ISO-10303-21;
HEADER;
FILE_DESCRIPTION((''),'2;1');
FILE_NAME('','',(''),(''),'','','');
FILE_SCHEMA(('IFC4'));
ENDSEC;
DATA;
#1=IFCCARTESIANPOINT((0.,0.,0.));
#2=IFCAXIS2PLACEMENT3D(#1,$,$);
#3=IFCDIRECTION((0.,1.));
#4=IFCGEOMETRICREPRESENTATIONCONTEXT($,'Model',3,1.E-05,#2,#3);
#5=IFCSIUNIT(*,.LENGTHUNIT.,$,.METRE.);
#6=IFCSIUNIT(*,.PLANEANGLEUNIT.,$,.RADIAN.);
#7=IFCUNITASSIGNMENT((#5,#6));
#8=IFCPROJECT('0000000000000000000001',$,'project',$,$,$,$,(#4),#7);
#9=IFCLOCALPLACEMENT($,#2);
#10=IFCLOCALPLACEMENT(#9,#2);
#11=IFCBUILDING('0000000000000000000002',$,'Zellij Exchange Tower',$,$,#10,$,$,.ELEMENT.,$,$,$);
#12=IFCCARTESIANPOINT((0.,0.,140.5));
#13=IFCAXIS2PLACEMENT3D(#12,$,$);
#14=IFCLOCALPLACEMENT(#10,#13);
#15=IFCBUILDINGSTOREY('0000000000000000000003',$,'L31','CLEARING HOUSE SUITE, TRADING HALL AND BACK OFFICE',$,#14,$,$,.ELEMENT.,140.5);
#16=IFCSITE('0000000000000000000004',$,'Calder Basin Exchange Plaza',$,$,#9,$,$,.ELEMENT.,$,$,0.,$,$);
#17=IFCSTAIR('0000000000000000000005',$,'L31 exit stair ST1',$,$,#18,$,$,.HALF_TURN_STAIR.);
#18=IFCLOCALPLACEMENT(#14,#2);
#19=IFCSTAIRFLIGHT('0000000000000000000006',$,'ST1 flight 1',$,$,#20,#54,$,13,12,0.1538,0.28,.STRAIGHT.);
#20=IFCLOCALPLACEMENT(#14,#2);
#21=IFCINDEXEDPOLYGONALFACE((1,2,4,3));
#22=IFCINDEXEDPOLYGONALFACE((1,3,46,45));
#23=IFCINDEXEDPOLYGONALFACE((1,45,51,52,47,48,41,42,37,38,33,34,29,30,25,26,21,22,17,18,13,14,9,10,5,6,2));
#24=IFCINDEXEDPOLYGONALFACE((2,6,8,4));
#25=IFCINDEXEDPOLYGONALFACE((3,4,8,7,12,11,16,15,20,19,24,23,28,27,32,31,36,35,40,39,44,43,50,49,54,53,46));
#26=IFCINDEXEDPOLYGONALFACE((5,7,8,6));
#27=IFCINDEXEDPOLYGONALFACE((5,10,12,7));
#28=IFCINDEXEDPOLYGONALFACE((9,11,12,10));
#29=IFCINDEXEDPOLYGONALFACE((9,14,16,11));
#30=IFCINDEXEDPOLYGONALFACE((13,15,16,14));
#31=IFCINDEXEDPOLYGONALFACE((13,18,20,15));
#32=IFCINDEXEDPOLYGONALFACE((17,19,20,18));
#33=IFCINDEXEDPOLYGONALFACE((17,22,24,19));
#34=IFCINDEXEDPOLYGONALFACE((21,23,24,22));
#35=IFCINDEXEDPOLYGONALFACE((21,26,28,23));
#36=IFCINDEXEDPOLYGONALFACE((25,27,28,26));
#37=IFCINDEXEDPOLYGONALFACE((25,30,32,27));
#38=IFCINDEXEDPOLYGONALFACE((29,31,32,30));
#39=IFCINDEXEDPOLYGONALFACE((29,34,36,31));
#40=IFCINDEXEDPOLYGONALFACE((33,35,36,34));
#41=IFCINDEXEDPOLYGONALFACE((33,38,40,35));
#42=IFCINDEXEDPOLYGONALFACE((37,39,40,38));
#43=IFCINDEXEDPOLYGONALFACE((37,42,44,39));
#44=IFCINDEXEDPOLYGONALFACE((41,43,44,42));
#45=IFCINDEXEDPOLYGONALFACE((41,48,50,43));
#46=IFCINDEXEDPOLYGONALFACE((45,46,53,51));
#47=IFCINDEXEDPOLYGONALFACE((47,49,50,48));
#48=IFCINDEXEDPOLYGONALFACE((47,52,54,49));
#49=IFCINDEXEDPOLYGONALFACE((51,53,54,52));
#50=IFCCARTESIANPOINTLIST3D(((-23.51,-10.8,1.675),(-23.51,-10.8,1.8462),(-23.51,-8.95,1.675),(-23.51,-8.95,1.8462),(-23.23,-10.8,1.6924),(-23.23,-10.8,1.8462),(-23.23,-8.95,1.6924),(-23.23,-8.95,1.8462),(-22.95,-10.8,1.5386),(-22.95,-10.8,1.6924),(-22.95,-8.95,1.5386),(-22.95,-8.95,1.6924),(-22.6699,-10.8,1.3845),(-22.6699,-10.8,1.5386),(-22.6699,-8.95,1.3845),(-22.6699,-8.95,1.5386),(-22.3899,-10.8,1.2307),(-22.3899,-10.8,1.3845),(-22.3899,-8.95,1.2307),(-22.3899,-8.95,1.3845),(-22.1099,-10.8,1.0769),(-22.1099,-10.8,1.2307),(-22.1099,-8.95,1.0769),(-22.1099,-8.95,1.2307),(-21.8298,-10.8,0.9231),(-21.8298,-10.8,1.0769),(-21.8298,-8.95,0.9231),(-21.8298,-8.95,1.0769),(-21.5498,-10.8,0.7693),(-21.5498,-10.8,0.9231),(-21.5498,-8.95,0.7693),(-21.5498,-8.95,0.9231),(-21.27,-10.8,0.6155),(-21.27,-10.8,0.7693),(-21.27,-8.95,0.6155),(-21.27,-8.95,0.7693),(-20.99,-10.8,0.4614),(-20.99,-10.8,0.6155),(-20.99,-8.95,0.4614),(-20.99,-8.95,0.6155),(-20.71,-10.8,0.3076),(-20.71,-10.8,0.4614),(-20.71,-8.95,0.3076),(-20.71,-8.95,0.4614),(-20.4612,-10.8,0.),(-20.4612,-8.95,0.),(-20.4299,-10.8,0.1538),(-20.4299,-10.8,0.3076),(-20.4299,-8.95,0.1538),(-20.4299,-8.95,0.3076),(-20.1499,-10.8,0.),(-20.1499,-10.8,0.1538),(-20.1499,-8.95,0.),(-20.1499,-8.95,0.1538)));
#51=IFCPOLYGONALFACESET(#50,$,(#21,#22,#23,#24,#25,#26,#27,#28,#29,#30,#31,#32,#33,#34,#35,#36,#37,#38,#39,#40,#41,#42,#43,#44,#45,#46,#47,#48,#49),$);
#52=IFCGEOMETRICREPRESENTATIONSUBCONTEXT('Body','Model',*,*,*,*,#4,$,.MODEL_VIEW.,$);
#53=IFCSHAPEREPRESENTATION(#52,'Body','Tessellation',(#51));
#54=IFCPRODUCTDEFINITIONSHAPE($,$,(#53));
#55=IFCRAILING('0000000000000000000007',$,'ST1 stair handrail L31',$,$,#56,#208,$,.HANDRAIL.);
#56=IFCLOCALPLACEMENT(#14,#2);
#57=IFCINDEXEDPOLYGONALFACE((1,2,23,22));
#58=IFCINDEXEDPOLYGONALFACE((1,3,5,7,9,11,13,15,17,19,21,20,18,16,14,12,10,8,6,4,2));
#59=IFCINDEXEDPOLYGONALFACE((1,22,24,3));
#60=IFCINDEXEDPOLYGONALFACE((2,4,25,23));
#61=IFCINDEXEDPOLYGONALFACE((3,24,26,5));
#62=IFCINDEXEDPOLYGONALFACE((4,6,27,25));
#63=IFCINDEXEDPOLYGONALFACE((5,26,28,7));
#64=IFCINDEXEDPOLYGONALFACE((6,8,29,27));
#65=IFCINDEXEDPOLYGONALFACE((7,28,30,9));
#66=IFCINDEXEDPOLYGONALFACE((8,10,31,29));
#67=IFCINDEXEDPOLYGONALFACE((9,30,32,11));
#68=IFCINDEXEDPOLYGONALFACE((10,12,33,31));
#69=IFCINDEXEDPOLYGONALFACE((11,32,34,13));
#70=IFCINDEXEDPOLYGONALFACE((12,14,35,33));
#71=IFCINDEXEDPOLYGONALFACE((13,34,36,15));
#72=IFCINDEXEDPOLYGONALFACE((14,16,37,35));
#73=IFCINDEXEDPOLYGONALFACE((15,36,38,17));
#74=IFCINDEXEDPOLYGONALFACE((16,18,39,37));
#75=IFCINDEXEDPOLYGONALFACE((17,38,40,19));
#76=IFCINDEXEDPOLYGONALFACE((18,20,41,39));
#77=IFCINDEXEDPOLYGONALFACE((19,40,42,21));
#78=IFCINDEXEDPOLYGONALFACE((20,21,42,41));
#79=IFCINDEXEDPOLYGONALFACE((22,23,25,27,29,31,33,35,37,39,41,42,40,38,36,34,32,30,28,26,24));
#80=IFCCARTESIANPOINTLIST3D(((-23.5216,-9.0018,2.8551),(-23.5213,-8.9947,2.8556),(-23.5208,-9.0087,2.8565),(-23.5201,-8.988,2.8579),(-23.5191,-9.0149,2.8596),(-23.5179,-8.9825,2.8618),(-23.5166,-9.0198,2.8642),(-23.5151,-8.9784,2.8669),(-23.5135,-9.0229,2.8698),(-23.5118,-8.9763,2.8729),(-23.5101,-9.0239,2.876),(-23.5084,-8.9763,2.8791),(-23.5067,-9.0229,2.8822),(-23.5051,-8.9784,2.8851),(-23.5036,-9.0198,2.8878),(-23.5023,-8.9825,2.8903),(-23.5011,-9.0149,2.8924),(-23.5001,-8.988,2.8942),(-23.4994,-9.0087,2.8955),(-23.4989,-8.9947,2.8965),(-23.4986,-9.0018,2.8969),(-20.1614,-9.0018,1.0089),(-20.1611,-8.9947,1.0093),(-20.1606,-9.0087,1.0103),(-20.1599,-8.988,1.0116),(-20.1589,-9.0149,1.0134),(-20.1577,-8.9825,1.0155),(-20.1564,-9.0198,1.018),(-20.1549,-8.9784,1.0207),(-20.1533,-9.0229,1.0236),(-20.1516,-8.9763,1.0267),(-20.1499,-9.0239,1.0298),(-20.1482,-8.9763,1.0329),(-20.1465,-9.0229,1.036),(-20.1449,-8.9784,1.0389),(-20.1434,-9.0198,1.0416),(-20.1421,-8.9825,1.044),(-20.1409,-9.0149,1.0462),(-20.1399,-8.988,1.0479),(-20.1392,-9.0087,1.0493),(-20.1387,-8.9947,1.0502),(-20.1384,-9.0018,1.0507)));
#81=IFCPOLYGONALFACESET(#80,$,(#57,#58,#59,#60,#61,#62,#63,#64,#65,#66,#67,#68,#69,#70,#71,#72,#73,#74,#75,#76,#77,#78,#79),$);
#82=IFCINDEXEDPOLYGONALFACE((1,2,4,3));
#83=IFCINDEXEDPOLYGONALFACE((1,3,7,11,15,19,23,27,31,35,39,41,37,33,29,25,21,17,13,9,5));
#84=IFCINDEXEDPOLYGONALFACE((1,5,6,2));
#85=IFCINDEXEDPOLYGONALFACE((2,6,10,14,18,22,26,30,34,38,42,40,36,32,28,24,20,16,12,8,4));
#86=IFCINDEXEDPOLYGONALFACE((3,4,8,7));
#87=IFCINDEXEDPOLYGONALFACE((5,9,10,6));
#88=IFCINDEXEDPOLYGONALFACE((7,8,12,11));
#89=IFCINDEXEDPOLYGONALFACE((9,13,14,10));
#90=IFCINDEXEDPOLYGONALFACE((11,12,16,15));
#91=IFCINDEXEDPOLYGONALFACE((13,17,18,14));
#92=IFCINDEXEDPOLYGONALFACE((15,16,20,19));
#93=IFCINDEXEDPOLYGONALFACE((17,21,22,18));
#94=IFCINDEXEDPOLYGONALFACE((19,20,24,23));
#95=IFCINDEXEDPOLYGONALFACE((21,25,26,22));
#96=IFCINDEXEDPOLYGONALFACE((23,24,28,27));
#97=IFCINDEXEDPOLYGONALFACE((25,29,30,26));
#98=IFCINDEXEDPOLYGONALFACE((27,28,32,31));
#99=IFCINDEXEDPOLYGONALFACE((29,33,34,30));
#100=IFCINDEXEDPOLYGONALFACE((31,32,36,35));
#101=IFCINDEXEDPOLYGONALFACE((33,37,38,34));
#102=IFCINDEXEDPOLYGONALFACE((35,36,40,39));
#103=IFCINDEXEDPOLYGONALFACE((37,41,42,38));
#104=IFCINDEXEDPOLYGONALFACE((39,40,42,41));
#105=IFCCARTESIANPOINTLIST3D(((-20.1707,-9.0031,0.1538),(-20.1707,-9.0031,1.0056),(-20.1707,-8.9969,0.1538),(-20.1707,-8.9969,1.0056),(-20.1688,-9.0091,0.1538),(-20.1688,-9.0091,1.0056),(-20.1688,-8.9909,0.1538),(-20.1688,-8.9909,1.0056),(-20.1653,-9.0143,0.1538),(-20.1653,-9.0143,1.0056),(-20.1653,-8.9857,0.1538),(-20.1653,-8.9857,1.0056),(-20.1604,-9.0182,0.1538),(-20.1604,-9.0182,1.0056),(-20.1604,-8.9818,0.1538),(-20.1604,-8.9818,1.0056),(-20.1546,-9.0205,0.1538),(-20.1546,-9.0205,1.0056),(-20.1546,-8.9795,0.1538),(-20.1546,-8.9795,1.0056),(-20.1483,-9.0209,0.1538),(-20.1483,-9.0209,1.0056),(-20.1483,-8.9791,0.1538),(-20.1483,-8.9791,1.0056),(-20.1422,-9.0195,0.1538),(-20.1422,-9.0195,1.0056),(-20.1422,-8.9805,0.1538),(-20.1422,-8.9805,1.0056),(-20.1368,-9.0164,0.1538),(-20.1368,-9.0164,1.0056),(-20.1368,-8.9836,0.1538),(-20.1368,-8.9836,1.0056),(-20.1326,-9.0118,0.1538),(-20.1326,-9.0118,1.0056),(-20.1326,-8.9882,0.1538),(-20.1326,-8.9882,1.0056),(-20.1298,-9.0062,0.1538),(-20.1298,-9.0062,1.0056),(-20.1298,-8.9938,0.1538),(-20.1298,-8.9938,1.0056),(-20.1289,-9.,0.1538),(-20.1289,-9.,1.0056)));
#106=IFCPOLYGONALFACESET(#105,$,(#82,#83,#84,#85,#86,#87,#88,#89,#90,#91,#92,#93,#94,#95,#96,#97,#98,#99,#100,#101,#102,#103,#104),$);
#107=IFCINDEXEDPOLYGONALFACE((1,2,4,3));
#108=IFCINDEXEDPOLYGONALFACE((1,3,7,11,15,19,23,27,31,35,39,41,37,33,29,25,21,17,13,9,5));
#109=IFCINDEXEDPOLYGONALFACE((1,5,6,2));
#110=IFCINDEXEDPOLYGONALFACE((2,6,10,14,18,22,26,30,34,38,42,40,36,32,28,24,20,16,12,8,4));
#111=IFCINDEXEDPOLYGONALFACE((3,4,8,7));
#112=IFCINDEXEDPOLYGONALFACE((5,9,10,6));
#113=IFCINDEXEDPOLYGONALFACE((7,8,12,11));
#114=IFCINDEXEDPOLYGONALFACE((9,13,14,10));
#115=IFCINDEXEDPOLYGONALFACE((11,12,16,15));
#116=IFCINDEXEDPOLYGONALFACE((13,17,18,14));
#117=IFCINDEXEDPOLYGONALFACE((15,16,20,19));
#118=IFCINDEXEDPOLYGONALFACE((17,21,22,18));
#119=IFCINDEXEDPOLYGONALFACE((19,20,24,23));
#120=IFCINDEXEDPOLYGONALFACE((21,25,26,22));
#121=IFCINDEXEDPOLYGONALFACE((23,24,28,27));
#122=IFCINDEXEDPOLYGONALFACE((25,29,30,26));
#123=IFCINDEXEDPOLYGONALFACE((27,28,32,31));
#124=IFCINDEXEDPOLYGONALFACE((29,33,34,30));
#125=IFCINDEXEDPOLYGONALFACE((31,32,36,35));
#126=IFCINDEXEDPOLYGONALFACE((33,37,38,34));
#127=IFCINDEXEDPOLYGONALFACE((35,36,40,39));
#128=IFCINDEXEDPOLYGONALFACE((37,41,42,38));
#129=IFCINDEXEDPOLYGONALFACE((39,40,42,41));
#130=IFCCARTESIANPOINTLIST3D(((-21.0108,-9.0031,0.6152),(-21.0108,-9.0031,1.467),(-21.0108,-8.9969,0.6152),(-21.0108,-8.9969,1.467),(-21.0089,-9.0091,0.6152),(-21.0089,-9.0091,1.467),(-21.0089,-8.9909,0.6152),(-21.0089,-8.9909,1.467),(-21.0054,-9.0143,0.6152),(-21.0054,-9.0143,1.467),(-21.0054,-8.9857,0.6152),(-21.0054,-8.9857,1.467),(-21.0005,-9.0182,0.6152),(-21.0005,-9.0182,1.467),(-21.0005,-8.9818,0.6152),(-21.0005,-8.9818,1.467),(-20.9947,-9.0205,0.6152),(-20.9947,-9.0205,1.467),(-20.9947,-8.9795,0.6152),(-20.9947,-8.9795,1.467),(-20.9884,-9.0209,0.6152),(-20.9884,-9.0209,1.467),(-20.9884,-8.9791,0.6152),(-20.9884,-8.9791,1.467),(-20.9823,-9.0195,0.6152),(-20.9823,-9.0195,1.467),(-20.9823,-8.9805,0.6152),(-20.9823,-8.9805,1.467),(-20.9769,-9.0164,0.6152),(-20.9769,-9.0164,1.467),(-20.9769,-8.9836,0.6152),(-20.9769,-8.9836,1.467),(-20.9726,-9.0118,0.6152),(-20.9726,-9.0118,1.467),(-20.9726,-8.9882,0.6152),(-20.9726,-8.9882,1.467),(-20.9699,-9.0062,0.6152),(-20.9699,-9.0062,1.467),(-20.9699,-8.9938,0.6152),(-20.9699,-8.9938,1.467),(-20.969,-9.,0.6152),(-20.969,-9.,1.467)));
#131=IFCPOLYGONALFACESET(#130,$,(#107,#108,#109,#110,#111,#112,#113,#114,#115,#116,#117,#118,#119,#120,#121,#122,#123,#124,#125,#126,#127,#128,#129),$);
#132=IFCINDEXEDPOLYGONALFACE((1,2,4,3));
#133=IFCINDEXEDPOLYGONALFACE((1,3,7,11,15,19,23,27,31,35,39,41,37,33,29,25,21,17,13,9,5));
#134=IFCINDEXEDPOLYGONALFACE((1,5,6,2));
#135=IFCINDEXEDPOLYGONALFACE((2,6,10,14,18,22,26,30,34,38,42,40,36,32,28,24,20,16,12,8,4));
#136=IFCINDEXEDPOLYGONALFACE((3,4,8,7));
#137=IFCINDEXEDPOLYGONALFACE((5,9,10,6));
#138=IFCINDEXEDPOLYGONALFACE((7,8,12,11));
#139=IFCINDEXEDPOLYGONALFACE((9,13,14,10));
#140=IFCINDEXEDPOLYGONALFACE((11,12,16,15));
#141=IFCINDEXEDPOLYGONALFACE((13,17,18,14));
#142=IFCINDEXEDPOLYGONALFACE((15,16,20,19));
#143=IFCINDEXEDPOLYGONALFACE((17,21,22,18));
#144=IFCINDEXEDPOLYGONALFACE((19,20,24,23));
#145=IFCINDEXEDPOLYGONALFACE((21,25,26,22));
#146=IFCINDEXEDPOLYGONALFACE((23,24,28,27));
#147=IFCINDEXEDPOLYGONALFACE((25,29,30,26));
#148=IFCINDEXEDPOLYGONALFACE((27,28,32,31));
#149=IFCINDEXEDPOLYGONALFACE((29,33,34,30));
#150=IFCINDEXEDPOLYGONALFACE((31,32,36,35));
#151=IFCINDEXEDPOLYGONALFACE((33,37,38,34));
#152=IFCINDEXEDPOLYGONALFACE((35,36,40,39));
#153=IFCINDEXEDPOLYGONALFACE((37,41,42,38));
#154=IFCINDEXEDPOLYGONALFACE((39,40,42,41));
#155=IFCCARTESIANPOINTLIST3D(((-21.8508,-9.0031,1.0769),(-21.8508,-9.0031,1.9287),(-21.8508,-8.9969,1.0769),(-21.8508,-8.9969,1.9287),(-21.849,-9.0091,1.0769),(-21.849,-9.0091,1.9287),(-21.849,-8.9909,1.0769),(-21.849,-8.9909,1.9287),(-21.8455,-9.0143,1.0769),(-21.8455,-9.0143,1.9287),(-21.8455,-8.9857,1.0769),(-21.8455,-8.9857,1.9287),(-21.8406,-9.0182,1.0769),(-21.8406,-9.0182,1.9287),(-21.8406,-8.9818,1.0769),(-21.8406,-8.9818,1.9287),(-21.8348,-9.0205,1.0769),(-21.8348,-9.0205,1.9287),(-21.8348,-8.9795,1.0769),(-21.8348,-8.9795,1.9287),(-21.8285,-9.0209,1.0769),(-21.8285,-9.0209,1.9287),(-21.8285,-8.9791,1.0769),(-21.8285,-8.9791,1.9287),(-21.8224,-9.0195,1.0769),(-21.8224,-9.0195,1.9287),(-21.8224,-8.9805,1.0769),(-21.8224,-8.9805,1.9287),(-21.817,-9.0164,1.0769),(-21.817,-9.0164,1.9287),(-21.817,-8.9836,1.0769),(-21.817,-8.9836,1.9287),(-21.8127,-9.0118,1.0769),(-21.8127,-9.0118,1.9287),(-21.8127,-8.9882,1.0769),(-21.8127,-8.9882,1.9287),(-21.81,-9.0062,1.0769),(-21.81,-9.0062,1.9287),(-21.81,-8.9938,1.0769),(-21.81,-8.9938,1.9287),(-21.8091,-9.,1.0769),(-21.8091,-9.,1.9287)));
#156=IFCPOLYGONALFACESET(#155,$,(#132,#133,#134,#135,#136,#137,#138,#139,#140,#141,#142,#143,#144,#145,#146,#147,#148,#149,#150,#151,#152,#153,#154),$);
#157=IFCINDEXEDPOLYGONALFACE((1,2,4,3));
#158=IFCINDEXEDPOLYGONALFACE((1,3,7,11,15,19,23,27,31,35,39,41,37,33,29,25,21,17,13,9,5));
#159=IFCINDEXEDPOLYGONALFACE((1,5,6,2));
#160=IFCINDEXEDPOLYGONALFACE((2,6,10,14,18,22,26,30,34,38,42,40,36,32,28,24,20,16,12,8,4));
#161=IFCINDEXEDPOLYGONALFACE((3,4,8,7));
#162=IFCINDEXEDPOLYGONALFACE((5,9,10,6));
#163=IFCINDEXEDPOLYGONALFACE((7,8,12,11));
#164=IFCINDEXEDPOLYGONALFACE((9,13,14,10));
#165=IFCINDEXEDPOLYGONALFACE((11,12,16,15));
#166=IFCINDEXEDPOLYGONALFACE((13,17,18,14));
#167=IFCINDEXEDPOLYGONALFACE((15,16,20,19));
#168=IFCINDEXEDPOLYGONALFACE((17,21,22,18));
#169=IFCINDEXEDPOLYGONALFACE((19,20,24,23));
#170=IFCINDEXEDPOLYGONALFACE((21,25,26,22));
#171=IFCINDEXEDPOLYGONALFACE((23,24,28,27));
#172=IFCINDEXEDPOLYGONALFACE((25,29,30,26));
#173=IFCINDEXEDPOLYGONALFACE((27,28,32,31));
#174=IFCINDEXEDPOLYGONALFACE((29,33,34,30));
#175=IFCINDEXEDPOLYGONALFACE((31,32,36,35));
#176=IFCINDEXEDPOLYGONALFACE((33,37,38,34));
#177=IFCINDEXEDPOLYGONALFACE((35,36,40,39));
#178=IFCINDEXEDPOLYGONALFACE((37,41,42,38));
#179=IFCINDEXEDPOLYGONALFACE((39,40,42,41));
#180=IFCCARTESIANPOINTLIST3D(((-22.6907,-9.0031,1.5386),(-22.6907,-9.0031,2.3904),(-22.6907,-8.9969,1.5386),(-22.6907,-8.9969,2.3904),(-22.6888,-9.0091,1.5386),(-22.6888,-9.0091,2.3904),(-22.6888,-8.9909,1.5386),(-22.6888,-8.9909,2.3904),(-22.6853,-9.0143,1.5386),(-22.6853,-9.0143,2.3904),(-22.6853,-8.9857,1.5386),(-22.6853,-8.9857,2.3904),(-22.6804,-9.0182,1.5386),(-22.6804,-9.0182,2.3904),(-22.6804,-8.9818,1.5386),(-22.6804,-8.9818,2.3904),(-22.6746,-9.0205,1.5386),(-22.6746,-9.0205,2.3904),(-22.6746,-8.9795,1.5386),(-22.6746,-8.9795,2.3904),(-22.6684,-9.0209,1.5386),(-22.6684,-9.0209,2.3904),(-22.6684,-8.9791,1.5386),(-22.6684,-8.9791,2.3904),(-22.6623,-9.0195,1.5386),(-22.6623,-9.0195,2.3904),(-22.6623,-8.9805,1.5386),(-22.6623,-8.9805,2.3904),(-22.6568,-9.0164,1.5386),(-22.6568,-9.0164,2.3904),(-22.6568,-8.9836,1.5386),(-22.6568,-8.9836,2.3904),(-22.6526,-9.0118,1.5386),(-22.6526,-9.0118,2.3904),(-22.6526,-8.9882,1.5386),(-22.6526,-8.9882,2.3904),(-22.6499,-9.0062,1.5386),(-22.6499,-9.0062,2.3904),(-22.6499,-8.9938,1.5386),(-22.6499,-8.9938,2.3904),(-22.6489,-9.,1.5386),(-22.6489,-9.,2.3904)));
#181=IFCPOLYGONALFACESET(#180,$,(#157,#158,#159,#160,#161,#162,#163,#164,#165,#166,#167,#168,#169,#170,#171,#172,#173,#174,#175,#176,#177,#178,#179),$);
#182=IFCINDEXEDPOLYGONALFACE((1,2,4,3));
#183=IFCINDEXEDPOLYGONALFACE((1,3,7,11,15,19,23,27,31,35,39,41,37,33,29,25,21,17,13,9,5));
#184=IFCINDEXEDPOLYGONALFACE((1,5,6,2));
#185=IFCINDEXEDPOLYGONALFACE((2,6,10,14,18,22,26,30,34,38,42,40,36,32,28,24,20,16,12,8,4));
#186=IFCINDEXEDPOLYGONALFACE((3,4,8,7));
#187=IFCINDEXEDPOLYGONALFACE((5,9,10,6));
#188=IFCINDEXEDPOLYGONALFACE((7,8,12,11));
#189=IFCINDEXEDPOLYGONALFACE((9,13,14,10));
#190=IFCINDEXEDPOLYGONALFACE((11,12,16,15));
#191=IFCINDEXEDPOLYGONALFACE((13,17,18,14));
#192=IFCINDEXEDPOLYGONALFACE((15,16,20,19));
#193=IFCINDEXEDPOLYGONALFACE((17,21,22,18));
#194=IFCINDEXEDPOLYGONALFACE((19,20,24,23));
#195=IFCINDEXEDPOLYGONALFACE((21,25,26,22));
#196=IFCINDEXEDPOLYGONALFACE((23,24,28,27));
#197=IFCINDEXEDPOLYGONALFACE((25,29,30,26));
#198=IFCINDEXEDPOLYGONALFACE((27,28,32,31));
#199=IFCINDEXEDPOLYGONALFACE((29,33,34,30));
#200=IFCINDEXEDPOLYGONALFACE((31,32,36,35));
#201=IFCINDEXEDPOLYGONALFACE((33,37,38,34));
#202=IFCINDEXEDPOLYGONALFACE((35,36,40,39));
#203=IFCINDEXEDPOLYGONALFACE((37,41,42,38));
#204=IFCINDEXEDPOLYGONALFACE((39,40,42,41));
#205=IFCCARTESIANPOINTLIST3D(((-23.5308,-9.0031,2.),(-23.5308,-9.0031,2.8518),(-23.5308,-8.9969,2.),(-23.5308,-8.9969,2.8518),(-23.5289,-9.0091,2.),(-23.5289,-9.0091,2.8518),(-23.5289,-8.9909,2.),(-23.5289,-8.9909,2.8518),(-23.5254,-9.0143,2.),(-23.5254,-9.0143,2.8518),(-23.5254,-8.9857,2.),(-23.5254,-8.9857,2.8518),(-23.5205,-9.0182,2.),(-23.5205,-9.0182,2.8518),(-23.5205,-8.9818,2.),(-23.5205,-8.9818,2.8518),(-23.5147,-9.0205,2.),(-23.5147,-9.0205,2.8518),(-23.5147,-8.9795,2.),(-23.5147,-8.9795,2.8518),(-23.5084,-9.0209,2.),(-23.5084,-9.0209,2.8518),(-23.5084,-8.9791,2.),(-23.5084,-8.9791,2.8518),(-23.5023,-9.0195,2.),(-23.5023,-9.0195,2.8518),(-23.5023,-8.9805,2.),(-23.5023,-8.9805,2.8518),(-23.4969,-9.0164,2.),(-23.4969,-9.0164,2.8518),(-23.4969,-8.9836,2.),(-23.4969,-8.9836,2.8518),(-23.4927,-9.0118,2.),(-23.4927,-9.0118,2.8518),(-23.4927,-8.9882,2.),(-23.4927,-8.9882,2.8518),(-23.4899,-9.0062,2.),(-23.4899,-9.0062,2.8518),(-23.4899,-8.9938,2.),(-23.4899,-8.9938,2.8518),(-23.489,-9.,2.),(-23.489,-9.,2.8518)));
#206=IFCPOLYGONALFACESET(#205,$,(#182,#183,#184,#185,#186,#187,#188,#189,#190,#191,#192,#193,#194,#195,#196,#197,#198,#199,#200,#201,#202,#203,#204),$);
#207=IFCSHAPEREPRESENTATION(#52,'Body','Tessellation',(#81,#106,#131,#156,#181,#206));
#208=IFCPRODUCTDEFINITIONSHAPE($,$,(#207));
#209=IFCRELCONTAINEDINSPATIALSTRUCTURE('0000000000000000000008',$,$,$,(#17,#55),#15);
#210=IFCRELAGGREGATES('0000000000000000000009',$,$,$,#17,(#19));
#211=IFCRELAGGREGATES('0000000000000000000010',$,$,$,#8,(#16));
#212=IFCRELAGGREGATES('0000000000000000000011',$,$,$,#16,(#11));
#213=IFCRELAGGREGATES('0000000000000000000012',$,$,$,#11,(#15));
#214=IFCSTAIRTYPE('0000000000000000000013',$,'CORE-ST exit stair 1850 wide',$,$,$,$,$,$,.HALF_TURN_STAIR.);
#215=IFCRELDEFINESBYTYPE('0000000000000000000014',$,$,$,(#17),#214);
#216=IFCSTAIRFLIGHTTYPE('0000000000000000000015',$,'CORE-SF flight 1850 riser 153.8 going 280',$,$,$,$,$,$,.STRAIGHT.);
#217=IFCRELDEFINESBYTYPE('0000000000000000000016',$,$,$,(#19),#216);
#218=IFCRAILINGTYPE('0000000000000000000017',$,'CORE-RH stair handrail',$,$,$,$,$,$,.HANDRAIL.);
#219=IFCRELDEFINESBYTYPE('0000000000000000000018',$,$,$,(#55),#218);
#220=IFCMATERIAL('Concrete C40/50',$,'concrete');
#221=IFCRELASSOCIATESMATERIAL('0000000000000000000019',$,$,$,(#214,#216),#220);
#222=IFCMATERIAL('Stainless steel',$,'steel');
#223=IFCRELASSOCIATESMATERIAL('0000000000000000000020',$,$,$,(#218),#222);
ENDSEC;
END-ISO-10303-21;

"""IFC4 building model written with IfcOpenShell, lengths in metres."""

from ifc_helpers import new_model, si_unit, direction, frame, origin, origin_2d, place, context, subcontext, project, spatial, polyline, circle, outline, extrude, material, type_object, element, aggregate, save


model = new_model("IFC4")

# Units and contexts
model_context = context("Model", 3, precision=1e-05, world=origin(), true_north=direction((0.0, 1.0)))
body_context = subcontext(model_context, "Body", "Model", "MODEL_VIEW")
ifc_project = project(units=[si_unit("LENGTHUNIT", "METRE"), si_unit("PLANEANGLEUNIT", "RADIAN")], contexts=[model_context])

# Site, building, storey
site_placement = place(None, origin())
site = spatial("IfcSite", under=ifc_project, at=site_placement, Name="Calder Basin Exchange Plaza", CompositionType="ELEMENT", RefElevation=0.0)
building_placement = place(site_placement, origin())
building = spatial("IfcBuilding", under=site, at=building_placement, Name="Zellij Exchange Tower", CompositionType="ELEMENT")
storey_placement = place(building_placement, frame((0.0, 0.0, 140.5)))
storey = spatial("IfcBuildingStorey", under=building, at=storey_placement, Name="L31", Description="CLEARING HOUSE SUITE, TRADING HALL AND BACK OFFICE", CompositionType="ELEMENT", Elevation=140.5)

# Stair, stair flight
ifc_material_1 = material(Name="Concrete C40/50", Category="concrete")
stair_type = type_object("IfcStairType", Name="CORE-ST exit stair 1850 wide", PredefinedType="HALF_TURN_STAIR", material=ifc_material_1)
stair_placement = place(storey_placement, origin())
stair = element("IfcStair", 1, at=stair_placement, inside=storey, type_object=stair_type, Name="L31 exit stair ST1", PredefinedType="HALF_TURN_STAIR")
stair_flight_type = type_object("IfcStairFlightType", Name="CORE-SF flight 1850 riser 153.8 going 280", PredefinedType="STRAIGHT", material=ifc_material_1)
stair_flight_placement = place(storey_placement, frame((-20.1499, -9.875, 0.0), z_axis=(0.0, 0.0, 1.0), x_axis=(-1.0, 0.0, 0.0)))
stair_flight = element("IfcStairFlight", 2, at=stair_flight_placement, type_object=stair_flight_type, Name="ST1 flight 1", NumberOfRisers=13, NumberOfTreads=12, PredefinedType="STRAIGHT", RiserHeight=0.1538, TreadLength=0.28, context=body_context, shape_type="SweptSolid", body=[
    extrude(outline(polyline([(0.0, 0.0), (0.0, 0.1538), (0.28, 0.1538), (0.28, 0.3076), (0.5601, 0.3076), (0.5601, 0.4614), (0.8401, 0.4614), (0.8401, 0.6155), (1.1201, 0.6155), (1.1201, 0.7693), (1.3999, 0.7693), (1.3999, 0.9231), (1.6799, 0.9231), (1.6799, 1.0769), (1.96, 1.0769), (1.96, 1.2307), (2.24, 1.2307), (2.24, 1.3845), (2.52, 1.3845), (2.52, 1.5386), (2.8, 1.5386), (2.8, 1.6924), (3.0801, 1.6924), (3.0801, 1.8462), (3.3601, 1.8462), (3.3601, 2.0), (3.3601, 1.675), (0.3113, 0.0), (0.0, 0.0)])), frame((0.0, 0.925, 0.0), z_axis=(0.0, -1.0, 0.0), x_axis=(1.0, 0.0, 0.0)), (0.0, 0.0, 1.0), 1.8501),
])
aggregate(stair, [stair_flight])

# Railing
ifc_material_2 = material(Name="Stainless steel", Category="steel")
railing_type_1 = type_object("IfcRailingType", Name="CORE-RH stair handrail", PredefinedType="HANDRAIL", material=ifc_material_2)
railing_1_placement = place(storey_placement, frame((-20.1499, -9.0, 0.1538)))
element("IfcRailing", 3, at=railing_1_placement, inside=storey, type_object=railing_type_1, Name="ST1 stair handrail L31", PredefinedType="HANDRAIL", context=body_context, shape_type="SweptSolid", body=[
    extrude(circle(Radius=0.0239, at=origin_2d()), frame((0.0, 0.0, 0.876), z_axis=(-0.876422, 0.0, 0.481545), x_axis=(0.0, -1.0, 0.0)), (0.0, 0.0, 1.0), 3.834),
    extrude(circle(Radius=0.021, at=origin_2d()), origin(), (0.0, 0.0, 1.0), 0.8518),
    extrude(circle(Radius=0.021, at=origin_2d()), frame((-0.8401, 0.0, 0.4614)), (0.0, 0.0, 1.0), 0.8518),
    extrude(circle(Radius=0.021, at=origin_2d()), frame((-1.6802, 0.0, 0.9231)), (0.0, 0.0, 1.0), 0.8518),
    extrude(circle(Radius=0.021, at=origin_2d()), frame((-2.52, 0.0, 1.3848)), (0.0, 0.0, 1.0), 0.8518),
    extrude(circle(Radius=0.021, at=origin_2d()), frame((-3.3601, 0.0, 1.8462)), (0.0, 0.0, 1.0), 0.8518),
])

save(model, "model.ifc")
